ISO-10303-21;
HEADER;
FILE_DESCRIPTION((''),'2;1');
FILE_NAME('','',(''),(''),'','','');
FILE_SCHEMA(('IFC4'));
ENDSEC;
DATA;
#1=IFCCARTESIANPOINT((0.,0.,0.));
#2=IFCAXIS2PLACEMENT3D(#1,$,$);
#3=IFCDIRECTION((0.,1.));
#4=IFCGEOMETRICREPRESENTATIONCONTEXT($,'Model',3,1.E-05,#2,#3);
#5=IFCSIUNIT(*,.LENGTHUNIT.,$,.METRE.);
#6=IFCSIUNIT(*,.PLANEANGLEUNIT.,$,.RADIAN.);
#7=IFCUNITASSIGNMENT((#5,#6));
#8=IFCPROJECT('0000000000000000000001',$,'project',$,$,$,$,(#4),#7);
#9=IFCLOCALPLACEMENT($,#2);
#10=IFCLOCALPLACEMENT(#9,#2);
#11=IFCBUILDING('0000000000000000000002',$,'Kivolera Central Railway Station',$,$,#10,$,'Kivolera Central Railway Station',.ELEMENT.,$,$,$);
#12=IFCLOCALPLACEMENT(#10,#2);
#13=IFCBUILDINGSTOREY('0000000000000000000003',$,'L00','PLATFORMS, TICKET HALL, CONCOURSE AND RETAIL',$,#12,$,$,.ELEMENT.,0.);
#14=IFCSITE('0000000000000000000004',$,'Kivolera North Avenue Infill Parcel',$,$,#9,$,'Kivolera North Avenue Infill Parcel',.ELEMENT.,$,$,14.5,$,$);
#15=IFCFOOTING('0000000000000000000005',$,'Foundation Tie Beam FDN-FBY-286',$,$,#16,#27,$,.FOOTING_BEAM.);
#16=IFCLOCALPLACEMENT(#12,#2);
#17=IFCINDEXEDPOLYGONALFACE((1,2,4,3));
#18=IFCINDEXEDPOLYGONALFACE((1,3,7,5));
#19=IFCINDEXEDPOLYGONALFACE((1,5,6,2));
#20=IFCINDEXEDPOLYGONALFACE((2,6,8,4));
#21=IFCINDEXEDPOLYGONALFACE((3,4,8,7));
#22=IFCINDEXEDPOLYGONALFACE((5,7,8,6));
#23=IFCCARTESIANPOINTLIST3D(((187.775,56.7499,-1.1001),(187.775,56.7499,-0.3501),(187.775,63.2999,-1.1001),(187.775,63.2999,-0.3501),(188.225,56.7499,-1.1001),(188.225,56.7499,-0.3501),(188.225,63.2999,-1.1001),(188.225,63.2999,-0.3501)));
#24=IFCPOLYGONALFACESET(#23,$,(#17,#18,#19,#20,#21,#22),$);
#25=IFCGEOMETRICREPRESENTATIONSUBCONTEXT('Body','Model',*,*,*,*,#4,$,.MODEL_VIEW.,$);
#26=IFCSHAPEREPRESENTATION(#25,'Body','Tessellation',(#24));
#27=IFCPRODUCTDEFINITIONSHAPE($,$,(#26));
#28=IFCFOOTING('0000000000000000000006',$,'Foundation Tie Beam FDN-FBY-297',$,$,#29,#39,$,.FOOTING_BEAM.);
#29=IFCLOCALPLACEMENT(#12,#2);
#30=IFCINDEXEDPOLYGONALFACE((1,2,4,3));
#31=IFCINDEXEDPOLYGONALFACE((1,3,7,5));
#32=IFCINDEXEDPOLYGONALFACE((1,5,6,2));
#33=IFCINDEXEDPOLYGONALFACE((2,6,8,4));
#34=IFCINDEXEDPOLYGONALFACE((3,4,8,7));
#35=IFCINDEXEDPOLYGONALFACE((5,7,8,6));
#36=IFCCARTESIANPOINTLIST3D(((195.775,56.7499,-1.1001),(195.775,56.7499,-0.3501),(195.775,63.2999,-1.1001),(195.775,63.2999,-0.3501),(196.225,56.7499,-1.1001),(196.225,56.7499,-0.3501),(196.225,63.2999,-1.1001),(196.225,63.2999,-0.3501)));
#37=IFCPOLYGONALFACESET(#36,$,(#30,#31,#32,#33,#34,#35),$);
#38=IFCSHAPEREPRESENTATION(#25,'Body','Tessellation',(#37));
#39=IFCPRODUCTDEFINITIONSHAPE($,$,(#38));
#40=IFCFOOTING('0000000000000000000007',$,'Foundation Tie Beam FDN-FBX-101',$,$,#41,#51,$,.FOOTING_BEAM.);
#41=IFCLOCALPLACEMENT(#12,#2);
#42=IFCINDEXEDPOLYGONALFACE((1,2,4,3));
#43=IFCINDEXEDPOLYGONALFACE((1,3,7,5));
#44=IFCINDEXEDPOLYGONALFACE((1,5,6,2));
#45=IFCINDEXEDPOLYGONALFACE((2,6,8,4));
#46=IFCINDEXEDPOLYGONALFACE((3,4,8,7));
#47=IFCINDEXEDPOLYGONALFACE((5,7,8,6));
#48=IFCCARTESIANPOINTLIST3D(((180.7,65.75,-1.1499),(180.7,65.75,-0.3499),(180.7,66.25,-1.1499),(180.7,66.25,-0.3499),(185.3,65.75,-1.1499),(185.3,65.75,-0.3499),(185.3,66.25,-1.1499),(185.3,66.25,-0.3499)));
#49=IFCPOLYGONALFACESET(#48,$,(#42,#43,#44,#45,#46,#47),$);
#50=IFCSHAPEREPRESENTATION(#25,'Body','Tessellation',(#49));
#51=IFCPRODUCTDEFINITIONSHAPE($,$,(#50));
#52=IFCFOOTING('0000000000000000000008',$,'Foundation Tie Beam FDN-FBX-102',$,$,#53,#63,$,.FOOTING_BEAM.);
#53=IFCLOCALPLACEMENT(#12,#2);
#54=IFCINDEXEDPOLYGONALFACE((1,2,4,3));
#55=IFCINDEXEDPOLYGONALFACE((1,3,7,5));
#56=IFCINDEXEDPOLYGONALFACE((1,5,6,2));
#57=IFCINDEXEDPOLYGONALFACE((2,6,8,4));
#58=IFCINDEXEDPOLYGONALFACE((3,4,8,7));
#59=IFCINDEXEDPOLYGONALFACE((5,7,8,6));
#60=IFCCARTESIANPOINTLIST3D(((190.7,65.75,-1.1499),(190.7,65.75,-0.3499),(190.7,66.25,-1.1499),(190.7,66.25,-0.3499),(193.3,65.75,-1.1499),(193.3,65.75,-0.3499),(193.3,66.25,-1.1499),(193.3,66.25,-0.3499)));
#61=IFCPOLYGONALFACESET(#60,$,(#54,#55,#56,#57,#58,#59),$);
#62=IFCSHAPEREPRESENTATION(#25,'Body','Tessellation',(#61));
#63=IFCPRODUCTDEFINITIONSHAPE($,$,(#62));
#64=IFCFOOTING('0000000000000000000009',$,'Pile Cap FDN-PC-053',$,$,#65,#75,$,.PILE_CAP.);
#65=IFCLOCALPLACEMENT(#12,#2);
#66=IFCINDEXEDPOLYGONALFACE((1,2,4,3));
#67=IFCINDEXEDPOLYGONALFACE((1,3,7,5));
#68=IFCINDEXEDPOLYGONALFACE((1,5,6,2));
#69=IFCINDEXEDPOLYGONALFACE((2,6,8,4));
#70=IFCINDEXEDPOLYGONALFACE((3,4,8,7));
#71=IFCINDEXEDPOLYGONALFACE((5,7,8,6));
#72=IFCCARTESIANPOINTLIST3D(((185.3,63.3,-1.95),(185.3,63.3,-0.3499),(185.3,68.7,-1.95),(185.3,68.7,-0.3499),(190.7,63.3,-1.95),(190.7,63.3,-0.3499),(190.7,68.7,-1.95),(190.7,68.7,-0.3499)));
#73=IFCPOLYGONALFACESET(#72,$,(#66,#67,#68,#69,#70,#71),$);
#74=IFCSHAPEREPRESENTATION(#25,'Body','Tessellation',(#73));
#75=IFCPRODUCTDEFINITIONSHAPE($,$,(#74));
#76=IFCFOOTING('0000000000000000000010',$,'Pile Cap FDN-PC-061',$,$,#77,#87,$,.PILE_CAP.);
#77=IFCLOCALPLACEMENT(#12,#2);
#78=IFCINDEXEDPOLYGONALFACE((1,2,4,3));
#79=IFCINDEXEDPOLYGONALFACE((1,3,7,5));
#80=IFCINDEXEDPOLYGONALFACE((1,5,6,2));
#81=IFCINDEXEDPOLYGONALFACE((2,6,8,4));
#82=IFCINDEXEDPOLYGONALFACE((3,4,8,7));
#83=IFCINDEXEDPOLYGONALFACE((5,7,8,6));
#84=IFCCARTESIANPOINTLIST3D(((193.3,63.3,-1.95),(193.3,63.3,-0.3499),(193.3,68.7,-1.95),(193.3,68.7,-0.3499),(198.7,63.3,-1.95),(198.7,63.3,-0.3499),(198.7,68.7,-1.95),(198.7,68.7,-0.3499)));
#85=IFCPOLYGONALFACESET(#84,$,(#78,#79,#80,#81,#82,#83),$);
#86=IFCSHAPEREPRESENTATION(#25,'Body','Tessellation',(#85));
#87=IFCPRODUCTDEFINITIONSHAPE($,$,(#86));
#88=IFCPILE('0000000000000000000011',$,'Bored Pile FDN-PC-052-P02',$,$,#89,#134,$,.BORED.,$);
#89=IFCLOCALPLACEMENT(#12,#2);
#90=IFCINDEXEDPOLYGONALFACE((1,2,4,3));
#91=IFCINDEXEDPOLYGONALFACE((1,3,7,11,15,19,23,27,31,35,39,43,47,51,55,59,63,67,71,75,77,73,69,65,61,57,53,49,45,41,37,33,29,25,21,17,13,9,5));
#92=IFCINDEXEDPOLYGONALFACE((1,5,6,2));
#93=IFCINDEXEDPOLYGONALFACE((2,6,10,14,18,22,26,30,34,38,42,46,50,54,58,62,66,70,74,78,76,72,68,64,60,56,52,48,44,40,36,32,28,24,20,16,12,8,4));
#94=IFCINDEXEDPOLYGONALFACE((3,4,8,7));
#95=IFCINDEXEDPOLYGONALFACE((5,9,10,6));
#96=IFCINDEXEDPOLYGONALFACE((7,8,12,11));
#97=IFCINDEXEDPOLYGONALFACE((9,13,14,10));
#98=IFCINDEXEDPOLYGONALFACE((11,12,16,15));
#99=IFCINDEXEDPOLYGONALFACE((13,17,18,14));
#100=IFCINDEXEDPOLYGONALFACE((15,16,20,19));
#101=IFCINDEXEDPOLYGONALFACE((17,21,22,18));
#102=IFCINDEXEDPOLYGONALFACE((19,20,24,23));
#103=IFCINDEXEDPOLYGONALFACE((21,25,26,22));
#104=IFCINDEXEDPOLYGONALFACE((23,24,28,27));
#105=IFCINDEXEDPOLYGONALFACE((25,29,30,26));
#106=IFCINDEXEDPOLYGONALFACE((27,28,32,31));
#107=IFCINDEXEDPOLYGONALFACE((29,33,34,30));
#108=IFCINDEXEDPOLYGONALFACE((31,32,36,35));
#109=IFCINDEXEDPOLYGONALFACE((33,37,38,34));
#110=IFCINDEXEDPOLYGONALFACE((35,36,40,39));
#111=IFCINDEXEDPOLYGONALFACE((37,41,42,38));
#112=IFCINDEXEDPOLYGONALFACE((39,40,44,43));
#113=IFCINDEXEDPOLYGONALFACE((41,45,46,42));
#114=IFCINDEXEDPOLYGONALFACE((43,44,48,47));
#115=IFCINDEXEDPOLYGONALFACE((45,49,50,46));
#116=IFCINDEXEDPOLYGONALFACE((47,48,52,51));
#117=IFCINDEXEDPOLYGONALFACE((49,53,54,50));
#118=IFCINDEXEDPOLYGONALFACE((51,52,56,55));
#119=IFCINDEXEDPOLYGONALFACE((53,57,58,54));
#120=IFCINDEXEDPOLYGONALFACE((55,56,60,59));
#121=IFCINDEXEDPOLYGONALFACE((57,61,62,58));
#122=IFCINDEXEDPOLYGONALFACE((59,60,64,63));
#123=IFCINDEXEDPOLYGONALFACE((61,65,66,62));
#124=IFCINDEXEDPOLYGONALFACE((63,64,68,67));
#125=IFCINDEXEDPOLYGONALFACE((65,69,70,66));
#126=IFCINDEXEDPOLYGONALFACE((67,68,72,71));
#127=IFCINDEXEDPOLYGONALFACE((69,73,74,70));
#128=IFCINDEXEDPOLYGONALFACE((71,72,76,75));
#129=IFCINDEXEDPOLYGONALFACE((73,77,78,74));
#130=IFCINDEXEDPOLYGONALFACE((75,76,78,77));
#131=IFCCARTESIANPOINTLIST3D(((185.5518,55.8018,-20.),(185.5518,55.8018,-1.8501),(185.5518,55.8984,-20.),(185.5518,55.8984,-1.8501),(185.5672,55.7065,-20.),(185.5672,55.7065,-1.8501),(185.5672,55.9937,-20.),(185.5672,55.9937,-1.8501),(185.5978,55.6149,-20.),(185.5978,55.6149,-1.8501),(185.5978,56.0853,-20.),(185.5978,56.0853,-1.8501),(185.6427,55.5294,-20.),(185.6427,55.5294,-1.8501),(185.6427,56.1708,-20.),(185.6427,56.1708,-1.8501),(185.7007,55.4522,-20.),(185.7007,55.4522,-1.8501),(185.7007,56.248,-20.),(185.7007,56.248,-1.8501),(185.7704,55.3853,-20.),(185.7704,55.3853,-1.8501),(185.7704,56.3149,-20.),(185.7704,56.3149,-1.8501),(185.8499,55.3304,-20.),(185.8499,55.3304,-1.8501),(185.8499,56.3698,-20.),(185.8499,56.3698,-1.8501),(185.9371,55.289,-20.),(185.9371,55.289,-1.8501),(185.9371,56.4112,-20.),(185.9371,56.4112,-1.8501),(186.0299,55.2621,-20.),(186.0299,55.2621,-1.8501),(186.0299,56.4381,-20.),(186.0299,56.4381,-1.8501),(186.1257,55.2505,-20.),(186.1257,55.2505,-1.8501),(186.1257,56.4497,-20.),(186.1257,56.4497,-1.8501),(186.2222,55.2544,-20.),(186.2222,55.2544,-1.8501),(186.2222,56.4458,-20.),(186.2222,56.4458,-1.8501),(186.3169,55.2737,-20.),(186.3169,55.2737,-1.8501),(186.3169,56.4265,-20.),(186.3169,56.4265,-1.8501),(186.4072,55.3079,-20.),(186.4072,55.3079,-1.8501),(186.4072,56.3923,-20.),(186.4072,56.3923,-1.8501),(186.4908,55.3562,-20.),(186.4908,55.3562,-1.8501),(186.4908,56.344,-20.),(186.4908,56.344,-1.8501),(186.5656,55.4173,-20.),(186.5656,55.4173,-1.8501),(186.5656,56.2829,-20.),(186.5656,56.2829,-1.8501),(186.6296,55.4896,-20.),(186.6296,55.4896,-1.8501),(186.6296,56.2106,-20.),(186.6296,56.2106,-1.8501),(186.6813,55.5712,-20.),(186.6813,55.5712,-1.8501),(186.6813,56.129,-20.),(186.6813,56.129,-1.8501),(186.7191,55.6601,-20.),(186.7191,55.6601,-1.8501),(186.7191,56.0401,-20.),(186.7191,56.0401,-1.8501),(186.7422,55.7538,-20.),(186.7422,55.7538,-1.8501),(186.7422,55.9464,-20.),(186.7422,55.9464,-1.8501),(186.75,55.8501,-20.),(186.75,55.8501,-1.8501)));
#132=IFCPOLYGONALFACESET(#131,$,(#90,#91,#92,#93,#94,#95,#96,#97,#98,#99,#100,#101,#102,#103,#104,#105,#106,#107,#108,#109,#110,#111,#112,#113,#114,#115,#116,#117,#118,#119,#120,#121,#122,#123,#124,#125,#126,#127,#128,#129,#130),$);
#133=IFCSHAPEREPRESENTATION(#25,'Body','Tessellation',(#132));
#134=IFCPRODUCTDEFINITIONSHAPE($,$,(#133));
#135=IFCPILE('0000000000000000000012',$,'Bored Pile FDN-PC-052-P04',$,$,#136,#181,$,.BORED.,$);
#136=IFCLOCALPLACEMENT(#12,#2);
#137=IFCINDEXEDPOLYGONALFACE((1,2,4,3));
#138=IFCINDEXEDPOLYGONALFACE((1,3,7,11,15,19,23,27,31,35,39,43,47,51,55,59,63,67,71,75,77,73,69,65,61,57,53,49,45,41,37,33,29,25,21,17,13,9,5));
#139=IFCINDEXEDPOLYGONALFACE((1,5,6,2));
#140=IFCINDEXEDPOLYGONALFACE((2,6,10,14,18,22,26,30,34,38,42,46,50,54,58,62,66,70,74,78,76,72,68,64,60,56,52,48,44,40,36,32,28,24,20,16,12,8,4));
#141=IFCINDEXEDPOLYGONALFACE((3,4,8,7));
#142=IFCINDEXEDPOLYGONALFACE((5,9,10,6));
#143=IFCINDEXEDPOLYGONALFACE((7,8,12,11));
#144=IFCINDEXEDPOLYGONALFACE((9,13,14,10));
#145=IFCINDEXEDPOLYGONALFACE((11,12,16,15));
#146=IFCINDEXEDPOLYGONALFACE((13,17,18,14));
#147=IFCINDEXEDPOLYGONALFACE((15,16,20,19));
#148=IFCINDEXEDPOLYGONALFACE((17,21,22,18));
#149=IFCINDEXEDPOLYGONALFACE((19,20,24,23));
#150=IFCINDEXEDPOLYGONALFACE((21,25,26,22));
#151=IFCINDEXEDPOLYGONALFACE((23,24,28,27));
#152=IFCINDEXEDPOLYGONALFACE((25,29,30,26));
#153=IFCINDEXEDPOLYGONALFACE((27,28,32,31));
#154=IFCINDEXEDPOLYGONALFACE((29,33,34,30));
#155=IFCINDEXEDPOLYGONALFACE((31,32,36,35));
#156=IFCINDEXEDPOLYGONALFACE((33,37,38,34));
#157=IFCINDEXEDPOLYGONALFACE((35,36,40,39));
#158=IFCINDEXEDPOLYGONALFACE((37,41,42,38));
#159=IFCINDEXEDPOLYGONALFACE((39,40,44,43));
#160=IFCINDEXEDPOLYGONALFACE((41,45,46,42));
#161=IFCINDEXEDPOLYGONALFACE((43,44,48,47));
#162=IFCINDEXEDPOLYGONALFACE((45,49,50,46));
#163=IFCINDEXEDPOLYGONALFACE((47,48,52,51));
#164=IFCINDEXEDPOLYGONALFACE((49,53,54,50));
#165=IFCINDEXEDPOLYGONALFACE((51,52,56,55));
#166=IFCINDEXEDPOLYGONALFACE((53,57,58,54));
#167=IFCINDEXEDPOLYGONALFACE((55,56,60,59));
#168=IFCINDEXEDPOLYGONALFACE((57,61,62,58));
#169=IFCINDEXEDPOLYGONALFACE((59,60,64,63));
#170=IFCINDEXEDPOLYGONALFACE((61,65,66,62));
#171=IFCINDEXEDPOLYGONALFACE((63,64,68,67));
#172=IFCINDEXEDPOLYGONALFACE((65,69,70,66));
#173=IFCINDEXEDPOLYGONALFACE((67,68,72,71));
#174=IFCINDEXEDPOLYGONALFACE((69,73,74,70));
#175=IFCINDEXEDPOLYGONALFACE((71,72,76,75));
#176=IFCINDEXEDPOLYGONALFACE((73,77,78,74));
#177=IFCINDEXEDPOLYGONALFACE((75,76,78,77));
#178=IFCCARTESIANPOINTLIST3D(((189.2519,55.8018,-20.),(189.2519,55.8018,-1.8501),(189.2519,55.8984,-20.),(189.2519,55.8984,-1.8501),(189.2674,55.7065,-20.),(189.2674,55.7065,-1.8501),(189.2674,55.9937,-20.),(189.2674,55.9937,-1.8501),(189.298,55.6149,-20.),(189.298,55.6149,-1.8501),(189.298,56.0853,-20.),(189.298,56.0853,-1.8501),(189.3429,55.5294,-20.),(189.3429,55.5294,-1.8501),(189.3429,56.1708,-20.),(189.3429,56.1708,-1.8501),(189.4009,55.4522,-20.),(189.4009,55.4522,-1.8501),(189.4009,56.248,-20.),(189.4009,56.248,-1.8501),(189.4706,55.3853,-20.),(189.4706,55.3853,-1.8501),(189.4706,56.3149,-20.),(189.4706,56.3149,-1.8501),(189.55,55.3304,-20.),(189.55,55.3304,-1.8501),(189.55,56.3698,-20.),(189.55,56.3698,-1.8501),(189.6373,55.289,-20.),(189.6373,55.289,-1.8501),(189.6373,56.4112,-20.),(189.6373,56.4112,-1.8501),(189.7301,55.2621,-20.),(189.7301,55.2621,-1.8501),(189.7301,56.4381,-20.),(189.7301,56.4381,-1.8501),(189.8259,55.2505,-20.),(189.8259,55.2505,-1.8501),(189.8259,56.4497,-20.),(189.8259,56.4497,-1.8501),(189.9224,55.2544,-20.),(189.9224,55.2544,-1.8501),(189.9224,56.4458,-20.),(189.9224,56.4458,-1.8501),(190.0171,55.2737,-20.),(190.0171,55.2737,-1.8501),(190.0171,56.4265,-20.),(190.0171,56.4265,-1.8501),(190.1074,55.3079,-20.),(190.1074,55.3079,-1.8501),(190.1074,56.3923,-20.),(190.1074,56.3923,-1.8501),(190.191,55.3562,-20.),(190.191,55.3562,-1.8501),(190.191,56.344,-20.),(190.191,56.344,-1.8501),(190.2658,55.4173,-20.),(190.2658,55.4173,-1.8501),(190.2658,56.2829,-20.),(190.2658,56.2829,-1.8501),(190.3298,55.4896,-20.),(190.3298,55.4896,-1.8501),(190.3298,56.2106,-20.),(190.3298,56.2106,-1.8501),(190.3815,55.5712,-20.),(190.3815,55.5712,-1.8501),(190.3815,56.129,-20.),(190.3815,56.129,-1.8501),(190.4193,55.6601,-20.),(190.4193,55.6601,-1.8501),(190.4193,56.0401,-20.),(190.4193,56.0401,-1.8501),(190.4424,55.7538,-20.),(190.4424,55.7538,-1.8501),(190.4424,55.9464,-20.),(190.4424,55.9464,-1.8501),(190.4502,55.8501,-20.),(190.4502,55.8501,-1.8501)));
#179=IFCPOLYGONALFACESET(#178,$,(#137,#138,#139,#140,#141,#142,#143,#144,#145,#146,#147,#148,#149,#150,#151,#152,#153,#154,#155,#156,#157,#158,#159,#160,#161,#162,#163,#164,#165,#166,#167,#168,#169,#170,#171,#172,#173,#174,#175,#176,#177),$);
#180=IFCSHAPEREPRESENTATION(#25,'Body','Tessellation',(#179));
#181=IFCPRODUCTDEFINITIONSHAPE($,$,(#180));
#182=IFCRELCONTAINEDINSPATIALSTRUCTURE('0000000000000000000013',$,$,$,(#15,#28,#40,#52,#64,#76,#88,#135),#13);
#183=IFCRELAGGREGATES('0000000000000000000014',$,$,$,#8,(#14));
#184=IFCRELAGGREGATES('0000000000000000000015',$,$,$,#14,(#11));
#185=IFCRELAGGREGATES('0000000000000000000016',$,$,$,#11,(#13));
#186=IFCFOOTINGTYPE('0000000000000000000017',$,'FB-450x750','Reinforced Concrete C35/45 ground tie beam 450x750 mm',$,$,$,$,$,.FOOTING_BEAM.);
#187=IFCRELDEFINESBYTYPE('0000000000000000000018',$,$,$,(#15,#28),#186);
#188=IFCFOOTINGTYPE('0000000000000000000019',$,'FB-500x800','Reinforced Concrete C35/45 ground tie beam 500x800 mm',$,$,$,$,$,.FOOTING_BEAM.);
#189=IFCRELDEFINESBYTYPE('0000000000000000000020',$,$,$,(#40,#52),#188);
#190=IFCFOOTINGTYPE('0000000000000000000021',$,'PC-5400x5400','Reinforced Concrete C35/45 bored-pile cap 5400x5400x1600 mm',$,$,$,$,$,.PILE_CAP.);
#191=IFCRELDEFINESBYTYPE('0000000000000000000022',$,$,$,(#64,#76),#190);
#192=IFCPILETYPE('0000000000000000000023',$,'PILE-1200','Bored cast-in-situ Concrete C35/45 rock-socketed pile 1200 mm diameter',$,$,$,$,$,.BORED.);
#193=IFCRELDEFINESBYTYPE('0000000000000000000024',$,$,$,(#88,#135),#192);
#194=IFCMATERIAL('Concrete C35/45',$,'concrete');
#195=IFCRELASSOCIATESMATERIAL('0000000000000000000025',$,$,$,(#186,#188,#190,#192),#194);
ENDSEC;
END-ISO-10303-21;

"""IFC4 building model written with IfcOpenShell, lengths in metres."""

from ifc_helpers import new_model, si_unit, direction, frame, origin, origin_2d, place, context, subcontext, project, spatial, rectangle, circle, extrude, material, material_profile, profile_set, type_object, element, save


model = new_model("IFC4")

# Units and contexts
model_context = context("Model", 3, precision=1e-05, world=origin(), true_north=direction((0.0, 1.0)))
body_context = subcontext(model_context, "Body", "Model", "MODEL_VIEW")
ifc_project = project(units=[si_unit("LENGTHUNIT", "METRE"), si_unit("PLANEANGLEUNIT", "RADIAN")], contexts=[model_context])

# Site, building, storey
site_placement = place(None, origin())
site = spatial("IfcSite", under=ifc_project, at=site_placement, Name="Kivolera North Avenue Infill Parcel", LongName="Kivolera North Avenue Infill Parcel", CompositionType="ELEMENT", RefElevation=14.5)
building_placement = place(site_placement, origin())
building = spatial("IfcBuilding", under=site, at=building_placement, Name="Kivolera Central Railway Station", LongName="Kivolera Central Railway Station", CompositionType="ELEMENT")
storey_placement = place(building_placement, origin())
storey = spatial("IfcBuildingStorey", under=building, at=storey_placement, Name="L00", Description="PLATFORMS, TICKET HALL, CONCOURSE AND RETAIL", CompositionType="ELEMENT", Elevation=0.0)

# Footings
ifc_material_1 = material(Name="Concrete C35/45", Category="concrete")
footing_type_1 = type_object("IfcFootingType", Name="FB-450x750", Description="Reinforced Concrete C35/45 ground tie beam 450x750 mm", PredefinedType="FOOTING_BEAM", material=ifc_material_1)
for number, where, z_axis, x_axis, name in (
    (1, (188.0, 60.0249, -1.1001), (0.0, 0.0, 1.0), (1.0, 0.0, 0.0), "Foundation Tie Beam FDN-FBY-286"),
    (2, (196.0, 60.0249, -1.1001), (0.0, 0.0, 1.0), (1.0, 0.0, 0.0), "Foundation Tie Beam FDN-FBY-297"),
):
    element("IfcFooting", number, at=place(storey_placement, frame(where, z_axis=z_axis, x_axis=x_axis)), inside=storey, type_object=footing_type_1, Name=name, PredefinedType="FOOTING_BEAM", context=body_context, shape_type="SweptSolid", body=[
        extrude(rectangle(XDim=0.45, YDim=6.55, at=origin_2d()), origin(), (0.0, 0.0, 1.0), 0.75),
    ])
footing_type_2 = type_object("IfcFootingType", Name="FB-500x800", Description="Reinforced Concrete C35/45 ground tie beam 500x800 mm", PredefinedType="FOOTING_BEAM", material=ifc_material_1)
footing_1_placement = place(storey_placement, frame((183.0, 66.0, -1.1499), z_axis=(0.0, 0.0, 1.0), x_axis=(1.0, 0.0, 0.0)))
element("IfcFooting", 3, at=footing_1_placement, inside=storey, type_object=footing_type_2, Name="Foundation Tie Beam FDN-FBX-101", PredefinedType="FOOTING_BEAM", context=body_context, shape_type="SweptSolid", body=[
    extrude(rectangle(XDim=4.6001, YDim=0.5, at=origin_2d()), origin(), (0.0, 0.0, 1.0), 0.8),
])
footing_2_placement = place(storey_placement, frame((192.0, 66.0, -1.1499), z_axis=(0.0, 0.0, 1.0), x_axis=(1.0, 0.0, 0.0)))
element("IfcFooting", 4, at=footing_2_placement, inside=storey, type_object=footing_type_2, Name="Foundation Tie Beam FDN-FBX-102", PredefinedType="FOOTING_BEAM", context=body_context, shape_type="SweptSolid", body=[
    extrude(rectangle(XDim=2.6001, YDim=0.5, at=origin_2d()), origin(), (0.0, 0.0, 1.0), 0.8),
])
footing_type_3 = type_object("IfcFootingType", Name="PC-5400x5400", Description="Reinforced Concrete C35/45 bored-pile cap 5400x5400x1600 mm", PredefinedType="PILE_CAP", material=ifc_material_1)
for number, where, z_axis, x_axis, name in (
    (5, (188.0, 66.0, -1.95), (0.0, 0.0, 1.0), (1.0, 0.0, 0.0), "Pile Cap FDN-PC-053"),
    (6, (196.0, 66.0, -1.95), (0.0, 0.0, 1.0), (1.0, 0.0, 0.0), "Pile Cap FDN-PC-061"),
):
    element("IfcFooting", number, at=place(storey_placement, frame(where, z_axis=z_axis, x_axis=x_axis)), inside=storey, type_object=footing_type_3, Name=name, PredefinedType="PILE_CAP", context=body_context, shape_type="SweptSolid", body=[
        extrude(rectangle(XDim=5.3999, YDim=5.3999, at=origin_2d()), origin(), (0.0, 0.0, 1.0), 1.6001),
    ])

# Piles
ifc_material_profile_1 = material_profile(ifc_material_1, circle(Radius=0.6001, at=origin_2d()), Name="PILE D1200")
ifc_profile_set_1 = profile_set([ifc_material_profile_1], Name="Concrete C35/45")
pile_type = type_object("IfcPileType", Name="PILE-1200", Description="Bored cast-in-situ Concrete C35/45 rock-socketed pile 1200 mm diameter", PredefinedType="BORED", material=ifc_profile_set_1)
for number, where, z_axis, x_axis, name in (
    (7, (186.1499, 55.8501, -1.8501), (0.0, 0.0, -1.0), (1.0, 0.0, 0.0), "Bored Pile FDN-PC-052-P02"),
    (8, (189.8501, 55.8501, -1.8501), (0.0, 0.0, -1.0), (1.0, 0.0, 0.0), "Bored Pile FDN-PC-052-P04"),
):
    element("IfcPile", number, at=place(storey_placement, frame(where, z_axis=z_axis, x_axis=x_axis)), inside=storey, type_object=pile_type, Name=name, PredefinedType="BORED", context=body_context, shape_type="SweptSolid", body=[
        extrude(circle(Radius=0.6001, at=origin_2d()), origin(), (0.0, 0.0, 1.0), 18.1499),
    ])

save(model, "model.ifc")
